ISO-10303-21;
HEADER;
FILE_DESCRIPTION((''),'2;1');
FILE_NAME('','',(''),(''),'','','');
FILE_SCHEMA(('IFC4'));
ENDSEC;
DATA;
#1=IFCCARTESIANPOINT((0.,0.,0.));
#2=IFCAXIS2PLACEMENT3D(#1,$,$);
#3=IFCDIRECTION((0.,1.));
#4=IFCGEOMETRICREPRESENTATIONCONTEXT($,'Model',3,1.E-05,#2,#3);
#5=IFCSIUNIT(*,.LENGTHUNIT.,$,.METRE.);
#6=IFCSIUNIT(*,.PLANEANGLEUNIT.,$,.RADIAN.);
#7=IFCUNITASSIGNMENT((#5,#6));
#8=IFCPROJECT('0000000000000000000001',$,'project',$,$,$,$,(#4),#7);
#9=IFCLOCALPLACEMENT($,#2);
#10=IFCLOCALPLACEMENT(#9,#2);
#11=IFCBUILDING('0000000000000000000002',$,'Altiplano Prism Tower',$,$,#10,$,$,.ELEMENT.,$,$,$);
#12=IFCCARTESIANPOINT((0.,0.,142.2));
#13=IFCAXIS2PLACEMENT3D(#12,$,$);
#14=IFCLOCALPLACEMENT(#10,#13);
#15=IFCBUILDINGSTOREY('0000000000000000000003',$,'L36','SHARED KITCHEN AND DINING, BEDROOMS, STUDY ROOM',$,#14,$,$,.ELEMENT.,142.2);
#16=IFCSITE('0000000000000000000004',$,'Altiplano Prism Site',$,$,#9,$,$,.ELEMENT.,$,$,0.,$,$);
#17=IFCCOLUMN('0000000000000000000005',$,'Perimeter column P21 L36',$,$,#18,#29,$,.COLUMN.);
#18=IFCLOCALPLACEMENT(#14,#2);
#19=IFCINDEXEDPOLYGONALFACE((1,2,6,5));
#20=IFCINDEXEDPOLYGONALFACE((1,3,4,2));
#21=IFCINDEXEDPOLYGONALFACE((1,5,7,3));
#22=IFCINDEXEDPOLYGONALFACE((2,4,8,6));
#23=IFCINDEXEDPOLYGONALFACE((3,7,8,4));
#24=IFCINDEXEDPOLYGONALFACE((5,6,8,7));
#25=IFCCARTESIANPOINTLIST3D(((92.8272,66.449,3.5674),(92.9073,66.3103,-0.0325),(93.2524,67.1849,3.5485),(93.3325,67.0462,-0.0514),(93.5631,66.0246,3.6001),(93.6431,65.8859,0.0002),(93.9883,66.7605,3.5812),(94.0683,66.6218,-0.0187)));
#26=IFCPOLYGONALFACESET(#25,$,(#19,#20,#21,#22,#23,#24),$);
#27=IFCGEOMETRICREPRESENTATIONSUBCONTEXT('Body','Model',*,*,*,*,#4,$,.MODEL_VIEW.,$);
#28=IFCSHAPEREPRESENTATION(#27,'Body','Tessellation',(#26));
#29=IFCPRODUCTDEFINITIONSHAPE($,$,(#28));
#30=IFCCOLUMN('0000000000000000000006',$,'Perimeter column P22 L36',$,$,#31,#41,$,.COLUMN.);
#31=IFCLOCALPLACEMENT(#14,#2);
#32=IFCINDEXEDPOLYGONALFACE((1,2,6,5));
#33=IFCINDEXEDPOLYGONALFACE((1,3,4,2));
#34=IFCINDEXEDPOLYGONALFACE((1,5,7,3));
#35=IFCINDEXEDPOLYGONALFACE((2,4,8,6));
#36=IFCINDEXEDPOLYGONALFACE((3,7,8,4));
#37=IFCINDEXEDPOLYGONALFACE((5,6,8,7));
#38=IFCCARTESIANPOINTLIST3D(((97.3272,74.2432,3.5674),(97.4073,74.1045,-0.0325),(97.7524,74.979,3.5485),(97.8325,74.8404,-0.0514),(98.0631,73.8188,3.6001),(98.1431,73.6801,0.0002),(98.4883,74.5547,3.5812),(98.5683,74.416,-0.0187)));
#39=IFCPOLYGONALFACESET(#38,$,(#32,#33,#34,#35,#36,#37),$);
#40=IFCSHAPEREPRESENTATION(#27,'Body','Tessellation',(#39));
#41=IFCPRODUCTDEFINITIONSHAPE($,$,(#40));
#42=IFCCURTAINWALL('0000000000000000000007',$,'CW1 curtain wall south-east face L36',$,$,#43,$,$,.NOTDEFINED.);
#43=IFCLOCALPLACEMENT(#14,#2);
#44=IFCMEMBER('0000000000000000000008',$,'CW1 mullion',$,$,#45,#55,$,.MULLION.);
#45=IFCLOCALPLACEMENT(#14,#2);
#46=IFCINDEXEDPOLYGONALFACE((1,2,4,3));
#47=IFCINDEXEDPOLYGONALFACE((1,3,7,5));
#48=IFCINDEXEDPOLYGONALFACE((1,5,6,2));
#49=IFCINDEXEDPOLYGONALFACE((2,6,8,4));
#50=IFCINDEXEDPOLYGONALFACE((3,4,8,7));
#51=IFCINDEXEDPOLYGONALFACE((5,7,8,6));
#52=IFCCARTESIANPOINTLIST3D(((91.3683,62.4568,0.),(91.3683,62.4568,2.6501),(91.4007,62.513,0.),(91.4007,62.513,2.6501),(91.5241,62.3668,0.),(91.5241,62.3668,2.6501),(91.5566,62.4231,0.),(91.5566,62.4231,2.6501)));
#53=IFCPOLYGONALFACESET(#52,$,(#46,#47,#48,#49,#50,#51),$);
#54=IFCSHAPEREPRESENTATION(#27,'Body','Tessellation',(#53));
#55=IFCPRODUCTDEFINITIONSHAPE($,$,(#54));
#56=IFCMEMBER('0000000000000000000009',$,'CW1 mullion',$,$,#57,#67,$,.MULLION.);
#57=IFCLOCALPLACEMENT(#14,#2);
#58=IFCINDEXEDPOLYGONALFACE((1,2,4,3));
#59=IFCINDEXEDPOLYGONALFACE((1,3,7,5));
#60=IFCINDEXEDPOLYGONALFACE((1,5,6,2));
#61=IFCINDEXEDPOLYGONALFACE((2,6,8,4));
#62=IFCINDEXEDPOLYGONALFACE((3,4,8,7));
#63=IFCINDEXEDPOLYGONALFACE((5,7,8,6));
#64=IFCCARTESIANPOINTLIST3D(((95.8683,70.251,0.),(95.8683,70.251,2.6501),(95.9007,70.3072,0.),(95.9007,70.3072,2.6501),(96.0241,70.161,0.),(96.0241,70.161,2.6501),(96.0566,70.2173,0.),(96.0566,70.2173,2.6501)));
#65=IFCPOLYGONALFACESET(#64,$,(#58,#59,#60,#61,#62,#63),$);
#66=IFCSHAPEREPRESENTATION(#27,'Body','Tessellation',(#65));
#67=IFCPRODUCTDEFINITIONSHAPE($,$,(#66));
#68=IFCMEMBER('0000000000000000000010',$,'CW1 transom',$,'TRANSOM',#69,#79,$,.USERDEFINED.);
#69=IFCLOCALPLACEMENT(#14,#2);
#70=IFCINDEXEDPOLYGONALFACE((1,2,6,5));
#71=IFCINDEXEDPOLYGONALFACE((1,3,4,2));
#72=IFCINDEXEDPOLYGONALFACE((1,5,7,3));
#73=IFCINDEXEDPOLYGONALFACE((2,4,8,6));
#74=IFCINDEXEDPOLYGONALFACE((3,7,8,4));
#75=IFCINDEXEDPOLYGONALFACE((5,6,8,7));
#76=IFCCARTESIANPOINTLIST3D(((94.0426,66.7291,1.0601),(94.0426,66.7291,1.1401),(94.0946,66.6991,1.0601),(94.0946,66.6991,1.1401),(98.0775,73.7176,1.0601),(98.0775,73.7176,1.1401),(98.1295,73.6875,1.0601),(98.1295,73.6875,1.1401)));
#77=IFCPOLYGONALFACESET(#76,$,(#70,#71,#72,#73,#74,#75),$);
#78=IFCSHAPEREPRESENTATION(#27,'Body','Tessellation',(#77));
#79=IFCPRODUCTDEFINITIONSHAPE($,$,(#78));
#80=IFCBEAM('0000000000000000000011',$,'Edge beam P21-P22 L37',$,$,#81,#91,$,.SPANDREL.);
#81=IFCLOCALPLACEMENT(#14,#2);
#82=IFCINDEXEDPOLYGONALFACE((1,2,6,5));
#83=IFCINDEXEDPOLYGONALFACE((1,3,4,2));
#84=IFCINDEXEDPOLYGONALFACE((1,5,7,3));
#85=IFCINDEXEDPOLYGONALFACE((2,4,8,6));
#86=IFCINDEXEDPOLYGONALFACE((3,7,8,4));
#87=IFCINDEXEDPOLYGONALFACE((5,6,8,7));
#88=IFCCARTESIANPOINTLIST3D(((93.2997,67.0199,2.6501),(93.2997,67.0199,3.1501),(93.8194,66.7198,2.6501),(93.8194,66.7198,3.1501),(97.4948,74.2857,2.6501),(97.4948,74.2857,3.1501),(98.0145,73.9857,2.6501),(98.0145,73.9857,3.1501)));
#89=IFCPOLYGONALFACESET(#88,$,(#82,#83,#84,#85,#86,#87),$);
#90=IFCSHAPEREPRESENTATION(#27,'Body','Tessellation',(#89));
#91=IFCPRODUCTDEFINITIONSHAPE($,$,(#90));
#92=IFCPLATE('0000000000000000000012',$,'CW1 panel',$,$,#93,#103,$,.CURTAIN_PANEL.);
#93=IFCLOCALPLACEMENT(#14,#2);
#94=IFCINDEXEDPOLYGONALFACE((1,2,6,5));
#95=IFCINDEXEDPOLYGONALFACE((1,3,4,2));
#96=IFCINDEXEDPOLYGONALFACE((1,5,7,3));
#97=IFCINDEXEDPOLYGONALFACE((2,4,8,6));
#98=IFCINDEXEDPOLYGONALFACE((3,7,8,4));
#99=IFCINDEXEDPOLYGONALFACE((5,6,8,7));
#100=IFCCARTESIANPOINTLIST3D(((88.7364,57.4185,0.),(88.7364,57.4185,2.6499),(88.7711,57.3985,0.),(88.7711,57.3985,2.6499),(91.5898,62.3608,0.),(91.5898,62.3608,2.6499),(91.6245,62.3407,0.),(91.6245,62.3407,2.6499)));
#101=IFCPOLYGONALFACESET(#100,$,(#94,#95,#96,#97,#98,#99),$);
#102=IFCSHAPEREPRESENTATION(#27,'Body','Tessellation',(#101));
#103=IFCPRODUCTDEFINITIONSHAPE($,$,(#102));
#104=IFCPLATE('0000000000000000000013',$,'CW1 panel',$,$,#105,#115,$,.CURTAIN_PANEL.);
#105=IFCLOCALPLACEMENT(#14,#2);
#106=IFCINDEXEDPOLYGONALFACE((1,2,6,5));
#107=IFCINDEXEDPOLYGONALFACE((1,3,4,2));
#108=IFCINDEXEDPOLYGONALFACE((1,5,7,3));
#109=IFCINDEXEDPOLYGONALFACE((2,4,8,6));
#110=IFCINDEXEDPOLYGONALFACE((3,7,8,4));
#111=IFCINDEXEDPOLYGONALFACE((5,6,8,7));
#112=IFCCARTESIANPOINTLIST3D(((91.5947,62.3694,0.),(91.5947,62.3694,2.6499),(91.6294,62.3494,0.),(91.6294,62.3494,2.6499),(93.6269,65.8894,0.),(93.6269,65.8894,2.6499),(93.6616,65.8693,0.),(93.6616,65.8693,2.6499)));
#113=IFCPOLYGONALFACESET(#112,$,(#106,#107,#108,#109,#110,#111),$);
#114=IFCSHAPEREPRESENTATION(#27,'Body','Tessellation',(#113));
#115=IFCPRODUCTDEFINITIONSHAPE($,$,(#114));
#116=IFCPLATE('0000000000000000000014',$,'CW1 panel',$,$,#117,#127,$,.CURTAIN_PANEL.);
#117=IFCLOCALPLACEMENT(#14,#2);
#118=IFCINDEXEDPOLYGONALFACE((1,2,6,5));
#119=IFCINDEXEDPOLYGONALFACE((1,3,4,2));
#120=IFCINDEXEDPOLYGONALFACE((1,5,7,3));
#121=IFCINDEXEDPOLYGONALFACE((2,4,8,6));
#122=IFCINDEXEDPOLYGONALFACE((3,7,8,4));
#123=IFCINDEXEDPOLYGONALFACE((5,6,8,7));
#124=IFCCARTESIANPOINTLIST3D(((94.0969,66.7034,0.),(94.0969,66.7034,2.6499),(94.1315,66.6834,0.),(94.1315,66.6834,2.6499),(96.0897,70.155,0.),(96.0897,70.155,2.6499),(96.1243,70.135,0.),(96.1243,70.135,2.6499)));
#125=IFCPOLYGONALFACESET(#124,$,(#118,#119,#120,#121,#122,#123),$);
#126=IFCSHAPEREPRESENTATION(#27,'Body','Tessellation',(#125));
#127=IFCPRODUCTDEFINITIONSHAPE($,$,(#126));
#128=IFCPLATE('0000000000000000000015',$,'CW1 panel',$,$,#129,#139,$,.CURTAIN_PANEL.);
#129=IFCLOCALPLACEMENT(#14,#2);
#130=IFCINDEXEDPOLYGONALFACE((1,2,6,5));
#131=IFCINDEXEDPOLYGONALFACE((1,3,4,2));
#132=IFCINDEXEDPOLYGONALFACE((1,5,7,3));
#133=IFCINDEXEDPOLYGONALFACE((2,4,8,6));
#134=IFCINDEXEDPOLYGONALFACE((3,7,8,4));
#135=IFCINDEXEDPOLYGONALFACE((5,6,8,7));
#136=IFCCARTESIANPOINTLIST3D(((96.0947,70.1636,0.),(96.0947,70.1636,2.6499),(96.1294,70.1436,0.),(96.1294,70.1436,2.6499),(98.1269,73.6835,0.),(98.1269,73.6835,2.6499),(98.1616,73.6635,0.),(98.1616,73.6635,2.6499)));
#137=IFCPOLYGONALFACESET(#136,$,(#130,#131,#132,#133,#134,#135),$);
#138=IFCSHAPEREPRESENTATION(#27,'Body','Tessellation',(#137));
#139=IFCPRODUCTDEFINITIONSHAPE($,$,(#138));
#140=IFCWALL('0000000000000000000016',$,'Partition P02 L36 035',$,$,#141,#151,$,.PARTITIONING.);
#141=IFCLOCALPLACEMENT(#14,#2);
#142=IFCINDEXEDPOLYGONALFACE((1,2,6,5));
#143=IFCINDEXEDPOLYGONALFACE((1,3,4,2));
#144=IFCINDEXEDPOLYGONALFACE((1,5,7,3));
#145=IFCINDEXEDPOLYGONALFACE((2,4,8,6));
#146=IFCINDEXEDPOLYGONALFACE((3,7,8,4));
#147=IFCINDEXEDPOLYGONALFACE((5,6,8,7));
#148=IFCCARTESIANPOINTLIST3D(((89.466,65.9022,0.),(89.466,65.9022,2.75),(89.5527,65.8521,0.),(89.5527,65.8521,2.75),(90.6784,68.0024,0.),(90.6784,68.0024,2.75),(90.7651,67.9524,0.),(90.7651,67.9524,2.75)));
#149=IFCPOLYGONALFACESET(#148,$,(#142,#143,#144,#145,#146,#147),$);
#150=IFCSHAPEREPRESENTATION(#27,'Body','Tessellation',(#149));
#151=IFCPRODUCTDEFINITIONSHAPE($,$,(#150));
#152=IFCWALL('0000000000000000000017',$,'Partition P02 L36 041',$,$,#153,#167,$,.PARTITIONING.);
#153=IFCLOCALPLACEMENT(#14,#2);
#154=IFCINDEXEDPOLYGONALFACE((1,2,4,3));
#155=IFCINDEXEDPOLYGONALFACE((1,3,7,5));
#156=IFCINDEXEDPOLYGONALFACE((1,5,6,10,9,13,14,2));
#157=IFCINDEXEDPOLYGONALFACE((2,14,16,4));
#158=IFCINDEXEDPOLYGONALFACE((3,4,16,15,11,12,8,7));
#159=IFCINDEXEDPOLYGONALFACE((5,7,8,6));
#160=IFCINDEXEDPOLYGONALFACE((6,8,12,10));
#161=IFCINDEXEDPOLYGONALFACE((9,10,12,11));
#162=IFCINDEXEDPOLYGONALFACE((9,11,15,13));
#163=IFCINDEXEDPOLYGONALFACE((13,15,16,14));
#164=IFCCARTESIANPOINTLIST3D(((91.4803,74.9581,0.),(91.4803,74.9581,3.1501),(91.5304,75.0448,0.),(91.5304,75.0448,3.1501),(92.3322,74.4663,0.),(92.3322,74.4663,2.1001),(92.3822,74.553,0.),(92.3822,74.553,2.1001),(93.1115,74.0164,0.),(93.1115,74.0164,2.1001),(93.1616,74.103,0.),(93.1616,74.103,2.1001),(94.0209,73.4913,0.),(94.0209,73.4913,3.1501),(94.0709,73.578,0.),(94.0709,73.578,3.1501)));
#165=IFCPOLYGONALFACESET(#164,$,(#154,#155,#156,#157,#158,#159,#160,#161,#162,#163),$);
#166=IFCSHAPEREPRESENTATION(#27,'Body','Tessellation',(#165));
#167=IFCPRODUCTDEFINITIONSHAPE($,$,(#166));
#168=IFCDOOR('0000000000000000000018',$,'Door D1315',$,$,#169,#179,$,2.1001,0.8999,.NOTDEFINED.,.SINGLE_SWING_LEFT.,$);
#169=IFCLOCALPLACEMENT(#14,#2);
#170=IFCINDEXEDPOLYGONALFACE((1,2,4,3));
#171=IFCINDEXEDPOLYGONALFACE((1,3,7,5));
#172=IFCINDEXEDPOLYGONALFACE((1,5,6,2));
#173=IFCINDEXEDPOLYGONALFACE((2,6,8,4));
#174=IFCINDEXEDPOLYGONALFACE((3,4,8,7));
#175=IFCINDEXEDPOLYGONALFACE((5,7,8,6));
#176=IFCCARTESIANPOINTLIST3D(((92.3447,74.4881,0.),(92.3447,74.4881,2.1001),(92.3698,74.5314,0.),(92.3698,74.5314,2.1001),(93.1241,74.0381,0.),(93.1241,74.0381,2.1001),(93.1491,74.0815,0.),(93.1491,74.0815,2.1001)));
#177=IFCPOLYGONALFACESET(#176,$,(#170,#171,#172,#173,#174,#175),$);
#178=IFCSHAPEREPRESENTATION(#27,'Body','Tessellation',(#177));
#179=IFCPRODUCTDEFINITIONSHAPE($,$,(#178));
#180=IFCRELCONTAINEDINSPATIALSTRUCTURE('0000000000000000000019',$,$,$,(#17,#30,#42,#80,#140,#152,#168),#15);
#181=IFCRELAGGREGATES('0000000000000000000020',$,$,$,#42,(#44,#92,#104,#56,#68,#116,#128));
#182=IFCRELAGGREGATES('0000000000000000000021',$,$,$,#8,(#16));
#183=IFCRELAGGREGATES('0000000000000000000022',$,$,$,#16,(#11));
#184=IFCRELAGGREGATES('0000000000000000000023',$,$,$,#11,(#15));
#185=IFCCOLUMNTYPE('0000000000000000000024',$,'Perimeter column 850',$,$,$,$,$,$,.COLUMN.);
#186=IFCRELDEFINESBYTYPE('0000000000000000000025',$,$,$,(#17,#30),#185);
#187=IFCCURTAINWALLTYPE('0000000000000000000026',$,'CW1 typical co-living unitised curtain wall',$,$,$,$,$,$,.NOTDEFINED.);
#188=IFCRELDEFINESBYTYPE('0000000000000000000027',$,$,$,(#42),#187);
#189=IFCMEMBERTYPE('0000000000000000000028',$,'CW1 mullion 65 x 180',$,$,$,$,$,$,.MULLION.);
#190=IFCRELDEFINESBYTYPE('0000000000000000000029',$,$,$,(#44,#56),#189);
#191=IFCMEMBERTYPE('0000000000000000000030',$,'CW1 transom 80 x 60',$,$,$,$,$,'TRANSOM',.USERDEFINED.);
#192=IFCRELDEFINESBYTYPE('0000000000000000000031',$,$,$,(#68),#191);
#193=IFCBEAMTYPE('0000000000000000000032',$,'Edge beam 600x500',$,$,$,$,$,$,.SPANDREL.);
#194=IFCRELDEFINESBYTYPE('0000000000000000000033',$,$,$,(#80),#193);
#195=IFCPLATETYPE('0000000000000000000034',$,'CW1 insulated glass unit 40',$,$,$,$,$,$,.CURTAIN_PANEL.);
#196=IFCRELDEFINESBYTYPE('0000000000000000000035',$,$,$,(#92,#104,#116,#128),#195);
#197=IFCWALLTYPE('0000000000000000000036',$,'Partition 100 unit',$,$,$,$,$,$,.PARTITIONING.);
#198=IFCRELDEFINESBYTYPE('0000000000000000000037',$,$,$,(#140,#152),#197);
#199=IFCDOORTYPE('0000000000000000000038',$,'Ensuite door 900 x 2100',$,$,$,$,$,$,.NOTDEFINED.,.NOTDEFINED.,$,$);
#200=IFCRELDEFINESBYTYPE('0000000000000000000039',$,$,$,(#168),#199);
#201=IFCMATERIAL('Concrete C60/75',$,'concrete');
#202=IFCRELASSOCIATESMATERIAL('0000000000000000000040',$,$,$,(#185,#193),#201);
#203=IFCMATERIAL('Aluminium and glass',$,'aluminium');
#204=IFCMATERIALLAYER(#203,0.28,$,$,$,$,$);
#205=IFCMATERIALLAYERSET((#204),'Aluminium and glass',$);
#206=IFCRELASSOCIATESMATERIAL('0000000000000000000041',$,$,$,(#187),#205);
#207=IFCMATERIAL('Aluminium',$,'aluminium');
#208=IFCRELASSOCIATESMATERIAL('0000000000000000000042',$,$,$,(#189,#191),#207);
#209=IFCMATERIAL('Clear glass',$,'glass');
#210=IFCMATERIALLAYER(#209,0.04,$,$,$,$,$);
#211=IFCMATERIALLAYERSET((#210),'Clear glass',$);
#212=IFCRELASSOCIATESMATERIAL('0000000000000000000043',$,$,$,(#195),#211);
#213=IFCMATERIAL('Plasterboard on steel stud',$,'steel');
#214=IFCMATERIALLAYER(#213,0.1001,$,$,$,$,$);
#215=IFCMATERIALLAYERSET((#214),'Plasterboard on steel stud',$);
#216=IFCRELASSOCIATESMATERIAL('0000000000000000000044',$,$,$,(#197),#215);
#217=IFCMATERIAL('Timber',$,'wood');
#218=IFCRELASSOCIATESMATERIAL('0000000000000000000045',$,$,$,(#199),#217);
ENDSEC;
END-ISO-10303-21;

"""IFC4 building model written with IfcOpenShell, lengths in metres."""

from ifc_helpers import new_model, si_unit, direction, frame, frame_2d, origin, origin_2d, place, context, subcontext, project, spatial, rectangle, extrude, material, layer, layer_set, material_profile, profile_set, type_object, element, fill, aggregate, save


model = new_model("IFC4")

# Units and contexts
model_context = context("Model", 3, precision=1e-05, world=origin(), true_north=direction((0.0, 1.0)))
body_context = subcontext(model_context, "Body", "Model", "MODEL_VIEW")
ifc_project = project(units=[si_unit("LENGTHUNIT", "METRE"), si_unit("PLANEANGLEUNIT", "RADIAN")], contexts=[model_context])

# Site, building, storey
site_placement = place(None, origin())
site = spatial("IfcSite", under=ifc_project, at=site_placement, Name="Altiplano Prism Site", CompositionType="ELEMENT", RefElevation=0.0)
building_placement = place(site_placement, origin())
building = spatial("IfcBuilding", under=site, at=building_placement, Name="Altiplano Prism Tower", CompositionType="ELEMENT")
storey_placement = place(building_placement, frame((0.0, 0.0, 142.2)))
storey = spatial("IfcBuildingStorey", under=building, at=storey_placement, Name="L36", Description="SHARED KITCHEN AND DINING, BEDROOMS, STUDY ROOM", CompositionType="ELEMENT", Elevation=142.2)

# Columns
ifc_material_1 = material(Name="Concrete C60/75", Category="concrete")
ifc_material_profile_1 = material_profile(ifc_material_1, rectangle(XDim=0.8501, YDim=0.8501, at=origin_2d()), Name="Perimeter column 850")
ifc_profile_set_1 = profile_set([ifc_material_profile_1], Name="Concrete C60/75")
column_type = type_object("IfcColumnType", Name="Perimeter column 850", PredefinedType="COLUMN", material=ifc_profile_set_1)
for number, where, z_axis, x_axis, name in (
    (1, (93.4878, 66.4661, -0.0256), (-0.022223, 0.038483, 0.999012), (-0.500175, -0.865639, 0.022219), "Perimeter column P21 L36"),
    (2, (97.9878, 74.2603, -0.0256), (-0.022223, 0.038483, 0.999012), (-0.500175, -0.865639, 0.022219), "Perimeter column P22 L36"),
):
    element("IfcColumn", number, at=place(storey_placement, frame(where, z_axis=z_axis, x_axis=x_axis)), inside=storey, type_object=column_type, Name=name, PredefinedType="COLUMN", context=body_context, shape_type="SweptSolid", body=[
        extrude(rectangle(XDim=0.8501, YDim=0.8501, at=origin_2d()), origin(), (0.0, 0.0, 1.0), 3.6035),
    ])

# Curtain wall, members
ifc_material_2 = material(Name="Aluminium and glass", Category="aluminium")
ifc_layer_1 = layer(ifc_material_2, 0.28)
ifc_layer_set_1 = layer_set([ifc_layer_1], Name="Aluminium and glass")
curtain_wall_type = type_object("IfcCurtainWallType", Name="CW1 typical co-living unitised curtain wall", PredefinedType="NOTDEFINED", material=ifc_layer_set_1)
curtain_wall_placement = place(storey_placement, origin())
curtain_wall = element("IfcCurtainWall", 3, at=curtain_wall_placement, inside=storey, type_object=curtain_wall_type, Name="CW1 curtain wall south-east face L36", PredefinedType="NOTDEFINED")
ifc_material_3 = material(Name="Aluminium", Category="aluminium")
ifc_material_profile_2 = material_profile(ifc_material_3, rectangle(XDim=0.1799, YDim=0.0649, at=origin_2d()), Name="CW1 mullion 65 x 180")
ifc_profile_set_2 = profile_set([ifc_material_profile_2], Name="Aluminium")
member_type_1 = type_object("IfcMemberType", Name="CW1 mullion 65 x 180", PredefinedType="MULLION", material=ifc_profile_set_2)
member_1_placement = place(storey_placement, frame((91.4624, 62.4399, 0.0), z_axis=(0.0, 0.0, 1.0), x_axis=(-0.866025, 0.5, 0.0)))
member_1 = element("IfcMember", 4, at=member_1_placement, type_object=member_type_1, Name="CW1 mullion", PredefinedType="MULLION", context=body_context, shape_type="SweptSolid", body=[
    extrude(rectangle(XDim=0.1799, YDim=0.0649, at=origin_2d()), origin(), (0.0, 0.0, 1.0), 2.6501),
])
member_2_placement = place(storey_placement, frame((95.9624, 70.2341, 0.0), z_axis=(0.0, 0.0, 1.0), x_axis=(-0.866025, 0.5, 0.0)))
member_2 = element("IfcMember", 5, at=member_2_placement, type_object=member_type_1, Name="CW1 mullion", PredefinedType="MULLION", context=body_context, shape_type="SweptSolid", body=[
    extrude(rectangle(XDim=0.1799, YDim=0.0649, at=origin_2d()), origin(), (0.0, 0.0, 1.0), 2.6501),
])
ifc_material_profile_3 = material_profile(ifc_material_3, rectangle(XDim=0.0601, YDim=0.0801, at=origin_2d()), Name="CW1 transom 80 x 60")
ifc_profile_set_3 = profile_set([ifc_material_profile_3], Name="Aluminium")
member_type_2 = type_object("IfcMemberType", Name="CW1 transom 80 x 60", ElementType="TRANSOM", PredefinedType="USERDEFINED", material=ifc_profile_set_3)
member_3_placement = place(storey_placement, frame((94.0686, 66.7141, 1.1001), z_axis=(0.500008, 0.866021, 0.0), x_axis=(-0.866021, 0.500008, 0.0)))
member_3 = element("IfcMember", 6, at=member_3_placement, type_object=member_type_2, Name="CW1 transom", ObjectType="TRANSOM", PredefinedType="USERDEFINED", context=body_context, shape_type="SweptSolid", body=[
    extrude(rectangle(XDim=0.0601, YDim=0.0801, at=origin_2d()), origin(), (0.0, 0.0, 1.0), 8.0696),
])

# Beam
ifc_material_profile_4 = material_profile(ifc_material_1, rectangle(XDim=0.6001, YDim=0.5, at=origin_2d()), Name="Edge beam 600x500")
ifc_profile_set_4 = profile_set([ifc_material_profile_4], Name="Concrete C60/75")
beam_type = type_object("IfcBeamType", Name="Edge beam 600x500", PredefinedType="SPANDREL", material=ifc_profile_set_4)
beam_placement = place(storey_placement, frame((93.5596, 66.8699, 2.9001), z_axis=(0.50001, 0.866019, 0.0), x_axis=(-0.866019, 0.50001, 0.0)))
element("IfcBeam", 7, at=beam_placement, inside=storey, type_object=beam_type, Name="Edge beam P21-P22 L37", PredefinedType="SPANDREL", context=body_context, shape_type="SweptSolid", body=[
    extrude(rectangle(XDim=0.6001, YDim=0.5, at=origin_2d()), origin(), (0.0, 0.0, 1.0), 8.3899),
])

# Plates
ifc_material_4 = material(Name="Clear glass", Category="glass")
ifc_layer_2 = layer(ifc_material_4, 0.04)
ifc_layer_set_2 = layer_set([ifc_layer_2], Name="Clear glass")
plate_type = type_object("IfcPlateType", Name="CW1 insulated glass unit 40", PredefinedType="CURTAIN_PANEL", material=ifc_layer_set_2)
plate_1_placement = place(storey_placement, frame((90.1804, 59.8796, 0.0), z_axis=(0.0, 0.0, 1.0), x_axis=(0.5, 0.866025, 0.0)))
plate_1 = element("IfcPlate", 8, at=plate_1_placement, type_object=plate_type, Name="CW1 panel", PredefinedType="CURTAIN_PANEL", context=body_context, shape_type="SweptSolid", body=[
    extrude(rectangle(XDim=5.7068, YDim=0.04, at=origin_2d()), origin(), (0.0, 0.0, 1.0), 2.6499),
])
plate_2_placement = place(storey_placement, frame((92.6282, 64.1194, 0.0), z_axis=(0.0, 0.0, 1.0), x_axis=(0.5, 0.866025, 0.0)))
plate_2 = element("IfcPlate", 9, at=plate_2_placement, type_object=plate_type, Name="CW1 panel", PredefinedType="CURTAIN_PANEL", context=body_context, shape_type="SweptSolid", body=[
    extrude(rectangle(XDim=4.0645, YDim=0.04, at=origin_2d()), origin(), (0.0, 0.0, 1.0), 2.6499),
])
plate_3_placement = place(storey_placement, frame((95.1106, 68.4192, 0.0), z_axis=(0.0, 0.0, 1.0), x_axis=(0.5, 0.866025, 0.0)))
plate_3 = element("IfcPlate", 10, at=plate_3_placement, type_object=plate_type, Name="CW1 panel", PredefinedType="CURTAIN_PANEL", context=body_context, shape_type="SweptSolid", body=[
    extrude(rectangle(XDim=3.9856, YDim=0.04, at=origin_2d()), origin(), (0.0, 0.0, 1.0), 2.6499),
])
plate_4_placement = place(storey_placement, frame((97.1282, 71.9136, 0.0), z_axis=(0.0, 0.0, 1.0), x_axis=(0.5, 0.866025, 0.0)))
plate_4 = element("IfcPlate", 11, at=plate_4_placement, type_object=plate_type, Name="CW1 panel", PredefinedType="CURTAIN_PANEL", context=body_context, shape_type="SweptSolid", body=[
    extrude(rectangle(XDim=4.0645, YDim=0.04, at=origin_2d()), origin(), (0.0, 0.0, 1.0), 2.6499),
])
aggregate(curtain_wall, [member_1, plate_1, plate_2, member_2, member_3, plate_3, plate_4])

# Wall
ifc_material_5 = material(Name="Plasterboard on steel stud", Category="steel")
ifc_layer_3 = layer(ifc_material_5, 0.1001)
ifc_layer_set_3 = layer_set([ifc_layer_3], Name="Plasterboard on steel stud")
wall_type_1 = type_object("IfcWallType", Name="Partition 100 unit", PredefinedType="PARTITIONING", material=ifc_layer_set_3)
wall_1_placement = place(storey_placement, frame((90.7217, 67.9773, 0.0), z_axis=(0.0, 0.0, 1.0), x_axis=(-0.499929, -0.866067, 0.0)))
element("IfcWall", 12, at=wall_1_placement, inside=storey, type_object=wall_type_1, Name="Partition P02 L36 035", PredefinedType="PARTITIONING", context=body_context, shape_type="SweptSolid", body=[
    extrude(rectangle(XDim=2.425, YDim=0.1001, at=frame_2d((1.2124, 0.0))), origin(), (0.0, 0.0, 1.0), 2.75),
])

# Wall, opening, door
wall_2_placement = place(storey_placement, frame((94.0459, 73.5347, 0.0), z_axis=(0.0, 0.0, 1.0), x_axis=(-0.866022, 0.500006, 0.0)))
wall_2 = element("IfcWall", 13, at=wall_2_placement, inside=storey, type_object=wall_type_1, Name="Partition P02 L36 041", PredefinedType="PARTITIONING", context=body_context, shape_type="SweptSolid", body=[
    extrude(rectangle(XDim=2.9336, YDim=0.1001, at=frame_2d((1.4668, 0.0))), origin(), (0.0, 0.0, 1.0), 3.1501),
])
opening_placement = place(wall_2_placement, frame((1.05, 0.0, 0.0)))
opening = element("IfcOpeningElement", 14, at=opening_placement, cuts=wall_2, PredefinedType="OPENING", context=body_context, shape_type="SweptSolid", body=[
    extrude(rectangle(XDim=0.8999, YDim=2.1001, at=frame_2d((0.45, 1.05))), frame((0.0, 0.0605, 0.0), z_axis=(0.0, -1.0, 0.0), x_axis=(1.0, 0.0, 0.0)), (0.0, 0.0, 1.0), 0.1211),
])
ifc_material_6 = material(Name="Timber", Category="wood")
door_type = type_object("IfcDoorType", Name="Ensuite door 900 x 2100", OperationType="NOTDEFINED", PredefinedType="NOTDEFINED", material=ifc_material_6)
door_placement = place(opening_placement, origin())
door = element("IfcDoor", 15, at=door_placement, inside=storey, type_object=door_type, Name="Door D1315", OperationType="SINGLE_SWING_LEFT", OverallHeight=2.1001, OverallWidth=0.8999, PredefinedType="NOTDEFINED", context=body_context, shape_type="SweptSolid", body=[
    extrude(rectangle(XDim=0.8999, YDim=2.1001, at=frame_2d((0.45, 1.05))), frame((0.0, 0.0249, 0.0), z_axis=(0.0, -1.0, 0.0), x_axis=(1.0, 0.0, 0.0)), (0.0, 0.0, 1.0), 0.05),
])
fill(opening, door)

save(model, "model.ifc")
